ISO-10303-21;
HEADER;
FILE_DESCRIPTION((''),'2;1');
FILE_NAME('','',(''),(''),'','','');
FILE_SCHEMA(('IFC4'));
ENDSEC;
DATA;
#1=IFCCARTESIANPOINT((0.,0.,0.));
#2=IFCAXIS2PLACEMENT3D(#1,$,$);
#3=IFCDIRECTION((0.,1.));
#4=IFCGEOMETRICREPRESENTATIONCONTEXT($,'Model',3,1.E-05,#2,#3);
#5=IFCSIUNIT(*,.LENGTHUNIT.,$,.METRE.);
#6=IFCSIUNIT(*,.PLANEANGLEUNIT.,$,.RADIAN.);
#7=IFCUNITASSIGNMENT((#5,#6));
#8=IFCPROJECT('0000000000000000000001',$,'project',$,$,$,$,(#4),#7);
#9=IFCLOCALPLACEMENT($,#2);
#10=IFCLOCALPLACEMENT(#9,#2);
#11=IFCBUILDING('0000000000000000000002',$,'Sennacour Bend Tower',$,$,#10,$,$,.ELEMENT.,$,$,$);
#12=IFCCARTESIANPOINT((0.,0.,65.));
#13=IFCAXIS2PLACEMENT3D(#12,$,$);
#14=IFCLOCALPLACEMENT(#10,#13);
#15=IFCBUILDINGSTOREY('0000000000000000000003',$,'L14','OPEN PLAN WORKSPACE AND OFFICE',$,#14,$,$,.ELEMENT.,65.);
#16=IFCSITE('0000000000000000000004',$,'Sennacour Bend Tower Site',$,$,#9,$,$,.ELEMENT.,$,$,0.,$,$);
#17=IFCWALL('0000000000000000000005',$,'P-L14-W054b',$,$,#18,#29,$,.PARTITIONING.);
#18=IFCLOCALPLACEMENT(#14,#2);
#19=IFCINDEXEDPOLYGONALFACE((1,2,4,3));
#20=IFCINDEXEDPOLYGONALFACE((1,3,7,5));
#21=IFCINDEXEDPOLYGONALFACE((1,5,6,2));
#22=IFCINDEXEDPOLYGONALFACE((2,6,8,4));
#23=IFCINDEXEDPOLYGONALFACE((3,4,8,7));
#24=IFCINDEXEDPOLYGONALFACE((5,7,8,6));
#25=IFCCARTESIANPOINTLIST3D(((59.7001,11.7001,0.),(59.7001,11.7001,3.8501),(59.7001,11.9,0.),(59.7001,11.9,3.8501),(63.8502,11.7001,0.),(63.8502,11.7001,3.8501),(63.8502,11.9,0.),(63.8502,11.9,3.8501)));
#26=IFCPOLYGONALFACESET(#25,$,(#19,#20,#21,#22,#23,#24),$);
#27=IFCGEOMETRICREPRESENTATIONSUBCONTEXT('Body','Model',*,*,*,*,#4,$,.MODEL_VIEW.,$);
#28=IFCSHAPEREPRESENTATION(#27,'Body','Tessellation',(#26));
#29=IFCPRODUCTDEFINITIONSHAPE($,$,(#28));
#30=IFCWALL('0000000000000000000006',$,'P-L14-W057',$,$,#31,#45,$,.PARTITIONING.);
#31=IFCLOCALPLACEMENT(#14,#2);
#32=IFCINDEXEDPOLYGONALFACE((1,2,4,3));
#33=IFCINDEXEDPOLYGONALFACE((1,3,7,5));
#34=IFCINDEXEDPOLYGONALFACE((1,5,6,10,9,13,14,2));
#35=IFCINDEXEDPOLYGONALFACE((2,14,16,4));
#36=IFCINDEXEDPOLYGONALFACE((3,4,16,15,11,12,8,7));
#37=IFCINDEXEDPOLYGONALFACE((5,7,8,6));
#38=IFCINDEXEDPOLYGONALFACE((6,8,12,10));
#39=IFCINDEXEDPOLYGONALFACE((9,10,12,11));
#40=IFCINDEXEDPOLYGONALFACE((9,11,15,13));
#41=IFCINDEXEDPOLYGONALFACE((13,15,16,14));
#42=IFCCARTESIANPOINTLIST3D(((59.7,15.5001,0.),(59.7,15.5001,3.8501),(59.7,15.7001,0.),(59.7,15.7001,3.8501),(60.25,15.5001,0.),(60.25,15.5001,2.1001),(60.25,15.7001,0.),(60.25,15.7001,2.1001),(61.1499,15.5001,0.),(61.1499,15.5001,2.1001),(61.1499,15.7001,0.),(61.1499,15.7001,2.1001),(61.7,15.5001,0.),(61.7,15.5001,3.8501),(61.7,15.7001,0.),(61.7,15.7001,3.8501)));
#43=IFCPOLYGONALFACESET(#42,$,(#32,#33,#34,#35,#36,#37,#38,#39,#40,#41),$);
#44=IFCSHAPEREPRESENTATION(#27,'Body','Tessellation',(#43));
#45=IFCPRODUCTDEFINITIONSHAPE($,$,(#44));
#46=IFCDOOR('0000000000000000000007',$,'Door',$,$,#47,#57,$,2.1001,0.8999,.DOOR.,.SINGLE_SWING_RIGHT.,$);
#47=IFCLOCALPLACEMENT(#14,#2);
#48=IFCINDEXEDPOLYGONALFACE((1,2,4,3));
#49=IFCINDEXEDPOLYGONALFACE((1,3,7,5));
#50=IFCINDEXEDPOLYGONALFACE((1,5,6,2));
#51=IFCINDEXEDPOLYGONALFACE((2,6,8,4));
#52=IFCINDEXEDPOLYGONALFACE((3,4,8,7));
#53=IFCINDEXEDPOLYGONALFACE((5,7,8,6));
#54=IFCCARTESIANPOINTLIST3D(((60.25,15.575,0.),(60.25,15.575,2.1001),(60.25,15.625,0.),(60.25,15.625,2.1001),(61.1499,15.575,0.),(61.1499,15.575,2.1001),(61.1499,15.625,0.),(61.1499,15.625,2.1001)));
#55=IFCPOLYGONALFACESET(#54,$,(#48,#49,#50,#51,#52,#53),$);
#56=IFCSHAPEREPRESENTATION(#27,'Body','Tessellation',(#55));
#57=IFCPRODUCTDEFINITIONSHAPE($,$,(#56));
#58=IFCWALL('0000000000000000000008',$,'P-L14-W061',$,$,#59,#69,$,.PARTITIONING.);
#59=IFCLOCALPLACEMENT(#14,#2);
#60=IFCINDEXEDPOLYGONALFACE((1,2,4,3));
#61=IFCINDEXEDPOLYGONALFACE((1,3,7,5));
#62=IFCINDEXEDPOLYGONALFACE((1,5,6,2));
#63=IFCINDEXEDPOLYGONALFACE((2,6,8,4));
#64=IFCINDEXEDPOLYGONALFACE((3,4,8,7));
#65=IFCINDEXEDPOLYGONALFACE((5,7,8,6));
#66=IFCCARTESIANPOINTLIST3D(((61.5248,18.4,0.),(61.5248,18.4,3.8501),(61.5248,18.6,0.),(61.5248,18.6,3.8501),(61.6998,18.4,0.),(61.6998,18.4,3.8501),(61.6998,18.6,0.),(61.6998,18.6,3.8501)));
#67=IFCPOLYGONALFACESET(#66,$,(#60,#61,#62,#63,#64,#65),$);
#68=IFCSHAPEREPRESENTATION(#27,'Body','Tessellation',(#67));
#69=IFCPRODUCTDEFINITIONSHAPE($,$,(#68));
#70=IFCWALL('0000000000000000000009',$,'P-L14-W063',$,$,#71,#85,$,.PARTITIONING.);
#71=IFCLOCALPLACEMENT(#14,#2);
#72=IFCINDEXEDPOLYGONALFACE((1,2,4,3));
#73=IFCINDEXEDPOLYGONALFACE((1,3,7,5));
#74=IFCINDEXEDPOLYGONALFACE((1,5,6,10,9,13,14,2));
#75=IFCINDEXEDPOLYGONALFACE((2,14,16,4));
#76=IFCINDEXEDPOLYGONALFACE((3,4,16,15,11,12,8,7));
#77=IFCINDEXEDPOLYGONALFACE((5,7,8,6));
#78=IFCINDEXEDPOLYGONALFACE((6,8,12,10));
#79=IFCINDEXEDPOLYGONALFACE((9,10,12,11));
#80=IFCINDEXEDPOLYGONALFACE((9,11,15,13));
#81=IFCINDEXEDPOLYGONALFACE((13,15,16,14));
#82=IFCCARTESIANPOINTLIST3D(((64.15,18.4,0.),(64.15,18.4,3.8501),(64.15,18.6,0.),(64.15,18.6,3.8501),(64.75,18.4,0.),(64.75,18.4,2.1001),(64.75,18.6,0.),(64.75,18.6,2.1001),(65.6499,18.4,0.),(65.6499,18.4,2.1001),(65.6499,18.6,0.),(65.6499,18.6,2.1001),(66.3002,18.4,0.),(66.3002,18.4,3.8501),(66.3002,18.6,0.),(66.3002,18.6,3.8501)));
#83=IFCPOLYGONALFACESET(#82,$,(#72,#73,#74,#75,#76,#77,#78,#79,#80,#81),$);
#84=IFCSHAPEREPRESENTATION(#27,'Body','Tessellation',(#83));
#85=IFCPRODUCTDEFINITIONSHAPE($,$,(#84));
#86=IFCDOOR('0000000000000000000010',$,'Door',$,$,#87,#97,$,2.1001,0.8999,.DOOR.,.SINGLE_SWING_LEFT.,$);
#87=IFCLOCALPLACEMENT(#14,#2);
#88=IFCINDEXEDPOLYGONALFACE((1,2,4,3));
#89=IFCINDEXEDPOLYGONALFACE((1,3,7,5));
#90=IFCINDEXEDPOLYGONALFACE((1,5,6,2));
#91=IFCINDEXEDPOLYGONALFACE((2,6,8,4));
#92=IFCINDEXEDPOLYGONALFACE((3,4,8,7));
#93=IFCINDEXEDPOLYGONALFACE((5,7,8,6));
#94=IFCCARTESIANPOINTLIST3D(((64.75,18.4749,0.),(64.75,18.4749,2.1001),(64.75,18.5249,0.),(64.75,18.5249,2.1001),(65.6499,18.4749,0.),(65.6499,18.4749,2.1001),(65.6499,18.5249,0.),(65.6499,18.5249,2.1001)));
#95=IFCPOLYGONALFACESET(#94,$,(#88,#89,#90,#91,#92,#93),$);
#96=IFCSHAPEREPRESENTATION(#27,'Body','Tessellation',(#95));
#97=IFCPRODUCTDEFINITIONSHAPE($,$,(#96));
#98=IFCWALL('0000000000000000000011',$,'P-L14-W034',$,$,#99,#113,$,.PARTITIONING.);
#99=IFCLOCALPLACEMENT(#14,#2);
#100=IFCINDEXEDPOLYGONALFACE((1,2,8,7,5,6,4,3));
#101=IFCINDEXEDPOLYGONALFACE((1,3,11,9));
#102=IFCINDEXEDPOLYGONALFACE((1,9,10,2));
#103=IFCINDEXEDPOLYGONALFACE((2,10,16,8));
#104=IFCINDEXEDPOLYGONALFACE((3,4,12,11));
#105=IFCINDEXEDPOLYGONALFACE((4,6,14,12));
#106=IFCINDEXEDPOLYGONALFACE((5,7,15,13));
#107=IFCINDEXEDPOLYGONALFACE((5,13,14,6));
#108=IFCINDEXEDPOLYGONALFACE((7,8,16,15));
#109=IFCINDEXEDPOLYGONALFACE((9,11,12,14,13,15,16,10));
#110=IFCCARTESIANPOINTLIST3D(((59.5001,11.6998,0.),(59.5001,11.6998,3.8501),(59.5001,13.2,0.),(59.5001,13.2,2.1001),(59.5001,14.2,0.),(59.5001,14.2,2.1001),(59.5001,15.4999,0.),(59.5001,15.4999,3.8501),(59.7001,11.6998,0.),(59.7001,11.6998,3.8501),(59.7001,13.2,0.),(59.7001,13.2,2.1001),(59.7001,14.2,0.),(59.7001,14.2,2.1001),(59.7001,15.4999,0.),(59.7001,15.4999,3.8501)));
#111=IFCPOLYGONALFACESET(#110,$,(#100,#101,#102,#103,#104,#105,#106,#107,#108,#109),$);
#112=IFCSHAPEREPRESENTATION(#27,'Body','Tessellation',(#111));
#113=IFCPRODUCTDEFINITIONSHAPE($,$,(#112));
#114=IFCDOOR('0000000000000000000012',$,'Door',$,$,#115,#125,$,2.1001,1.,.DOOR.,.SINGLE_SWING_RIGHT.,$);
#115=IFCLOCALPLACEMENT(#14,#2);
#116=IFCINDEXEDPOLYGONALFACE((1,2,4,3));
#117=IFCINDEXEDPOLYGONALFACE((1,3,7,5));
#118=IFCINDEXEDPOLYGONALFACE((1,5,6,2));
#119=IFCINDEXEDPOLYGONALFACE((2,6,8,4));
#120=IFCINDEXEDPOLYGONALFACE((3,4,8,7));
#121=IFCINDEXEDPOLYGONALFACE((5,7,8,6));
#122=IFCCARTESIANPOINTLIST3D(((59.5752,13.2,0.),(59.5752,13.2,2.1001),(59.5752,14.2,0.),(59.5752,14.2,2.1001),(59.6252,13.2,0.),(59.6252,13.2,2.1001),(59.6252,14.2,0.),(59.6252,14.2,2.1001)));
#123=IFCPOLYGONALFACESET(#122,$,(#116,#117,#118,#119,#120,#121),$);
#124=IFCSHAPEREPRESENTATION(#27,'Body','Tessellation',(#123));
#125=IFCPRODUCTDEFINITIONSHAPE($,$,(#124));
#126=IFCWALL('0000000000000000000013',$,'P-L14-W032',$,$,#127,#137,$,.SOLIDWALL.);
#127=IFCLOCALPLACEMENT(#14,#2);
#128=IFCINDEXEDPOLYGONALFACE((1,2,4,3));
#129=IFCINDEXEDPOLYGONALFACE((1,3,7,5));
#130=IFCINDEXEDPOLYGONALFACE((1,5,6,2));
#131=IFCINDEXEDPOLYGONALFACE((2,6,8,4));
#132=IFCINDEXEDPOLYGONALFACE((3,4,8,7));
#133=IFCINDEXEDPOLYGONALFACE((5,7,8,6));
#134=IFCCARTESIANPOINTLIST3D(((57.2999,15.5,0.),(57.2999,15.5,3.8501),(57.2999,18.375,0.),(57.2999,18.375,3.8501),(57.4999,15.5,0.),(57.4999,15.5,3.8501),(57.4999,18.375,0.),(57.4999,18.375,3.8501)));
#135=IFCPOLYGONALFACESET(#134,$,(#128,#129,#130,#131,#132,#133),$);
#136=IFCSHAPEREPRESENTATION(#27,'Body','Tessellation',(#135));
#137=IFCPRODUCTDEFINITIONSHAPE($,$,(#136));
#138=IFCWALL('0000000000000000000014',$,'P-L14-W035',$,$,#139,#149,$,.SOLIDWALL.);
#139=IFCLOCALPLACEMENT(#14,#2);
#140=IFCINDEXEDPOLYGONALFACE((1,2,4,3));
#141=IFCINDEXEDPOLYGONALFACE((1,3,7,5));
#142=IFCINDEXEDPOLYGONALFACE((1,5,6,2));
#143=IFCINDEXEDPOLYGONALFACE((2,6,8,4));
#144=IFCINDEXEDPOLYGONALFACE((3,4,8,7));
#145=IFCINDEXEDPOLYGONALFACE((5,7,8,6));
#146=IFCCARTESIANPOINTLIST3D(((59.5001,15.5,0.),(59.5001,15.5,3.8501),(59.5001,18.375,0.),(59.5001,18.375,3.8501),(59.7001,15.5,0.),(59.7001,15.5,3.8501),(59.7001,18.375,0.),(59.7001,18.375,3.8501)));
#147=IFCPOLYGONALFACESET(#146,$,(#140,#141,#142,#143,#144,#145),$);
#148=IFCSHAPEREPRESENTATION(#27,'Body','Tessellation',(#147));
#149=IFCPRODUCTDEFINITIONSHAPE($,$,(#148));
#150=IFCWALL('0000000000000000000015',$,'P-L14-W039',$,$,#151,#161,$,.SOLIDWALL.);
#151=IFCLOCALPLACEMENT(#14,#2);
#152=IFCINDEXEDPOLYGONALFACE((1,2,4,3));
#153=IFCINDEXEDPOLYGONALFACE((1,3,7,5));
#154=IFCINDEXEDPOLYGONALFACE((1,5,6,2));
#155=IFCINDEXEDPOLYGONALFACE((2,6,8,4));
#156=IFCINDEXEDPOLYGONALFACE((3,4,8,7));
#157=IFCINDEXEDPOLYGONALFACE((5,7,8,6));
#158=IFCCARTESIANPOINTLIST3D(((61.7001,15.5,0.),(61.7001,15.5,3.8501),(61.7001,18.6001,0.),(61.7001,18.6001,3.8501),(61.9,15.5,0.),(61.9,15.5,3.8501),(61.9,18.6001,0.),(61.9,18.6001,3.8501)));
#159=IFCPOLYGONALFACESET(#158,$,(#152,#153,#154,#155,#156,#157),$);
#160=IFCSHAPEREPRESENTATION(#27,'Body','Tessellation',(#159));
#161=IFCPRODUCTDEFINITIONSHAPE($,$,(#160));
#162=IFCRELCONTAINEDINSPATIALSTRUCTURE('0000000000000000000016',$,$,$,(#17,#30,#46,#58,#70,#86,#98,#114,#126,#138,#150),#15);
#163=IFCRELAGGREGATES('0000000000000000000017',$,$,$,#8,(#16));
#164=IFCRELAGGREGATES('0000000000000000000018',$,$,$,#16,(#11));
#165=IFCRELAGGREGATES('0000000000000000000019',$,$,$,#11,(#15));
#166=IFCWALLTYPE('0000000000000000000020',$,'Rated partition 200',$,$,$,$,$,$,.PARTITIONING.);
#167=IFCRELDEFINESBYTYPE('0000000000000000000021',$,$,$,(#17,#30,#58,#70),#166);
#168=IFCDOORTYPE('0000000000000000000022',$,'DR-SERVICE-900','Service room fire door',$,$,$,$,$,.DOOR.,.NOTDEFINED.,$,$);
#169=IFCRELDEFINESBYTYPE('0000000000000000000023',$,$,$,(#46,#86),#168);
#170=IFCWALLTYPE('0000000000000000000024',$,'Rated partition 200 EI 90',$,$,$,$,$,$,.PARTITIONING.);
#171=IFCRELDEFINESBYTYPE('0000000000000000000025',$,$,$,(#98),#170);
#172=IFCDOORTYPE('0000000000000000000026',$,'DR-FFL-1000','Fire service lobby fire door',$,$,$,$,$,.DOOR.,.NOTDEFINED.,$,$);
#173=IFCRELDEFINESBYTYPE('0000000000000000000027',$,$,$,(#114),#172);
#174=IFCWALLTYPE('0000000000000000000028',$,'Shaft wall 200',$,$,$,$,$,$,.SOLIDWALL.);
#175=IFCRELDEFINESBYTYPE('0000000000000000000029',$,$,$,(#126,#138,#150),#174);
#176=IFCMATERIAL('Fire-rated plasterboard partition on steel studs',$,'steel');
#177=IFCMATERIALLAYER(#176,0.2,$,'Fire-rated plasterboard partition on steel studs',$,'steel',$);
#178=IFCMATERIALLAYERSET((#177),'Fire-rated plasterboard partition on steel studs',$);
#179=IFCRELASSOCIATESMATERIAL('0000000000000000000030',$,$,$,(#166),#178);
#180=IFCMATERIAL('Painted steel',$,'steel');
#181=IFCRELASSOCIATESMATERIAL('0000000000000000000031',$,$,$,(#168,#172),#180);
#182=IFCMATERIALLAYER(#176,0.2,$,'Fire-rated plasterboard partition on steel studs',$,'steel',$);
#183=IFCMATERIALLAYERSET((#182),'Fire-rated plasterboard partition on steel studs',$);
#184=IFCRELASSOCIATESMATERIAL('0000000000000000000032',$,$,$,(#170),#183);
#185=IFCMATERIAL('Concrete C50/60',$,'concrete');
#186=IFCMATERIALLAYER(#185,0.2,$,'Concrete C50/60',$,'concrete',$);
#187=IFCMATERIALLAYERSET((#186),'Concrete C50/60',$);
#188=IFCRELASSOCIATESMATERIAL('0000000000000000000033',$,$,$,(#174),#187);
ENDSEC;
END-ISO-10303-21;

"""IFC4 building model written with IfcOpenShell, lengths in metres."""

from ifc_helpers import new_model, si_unit, direction, frame, frame_2d, origin, place, context, subcontext, project, spatial, rectangle, extrude, material, layer, layer_set, type_object, element, fill, save


model = new_model("IFC4")

# Units and contexts
model_context = context("Model", 3, precision=1e-05, world=origin(), true_north=direction((0.0, 1.0)))
body_context = subcontext(model_context, "Body", "Model", "MODEL_VIEW")
ifc_project = project(units=[si_unit("LENGTHUNIT", "METRE"), si_unit("PLANEANGLEUNIT", "RADIAN")], contexts=[model_context])

# Site, building, storey
site_placement = place(None, origin())
site = spatial("IfcSite", under=ifc_project, at=site_placement, Name="Sennacour Bend Tower Site", CompositionType="ELEMENT", RefElevation=0.0)
building_placement = place(site_placement, origin())
building = spatial("IfcBuilding", under=site, at=building_placement, Name="Sennacour Bend Tower", CompositionType="ELEMENT")
storey_placement = place(building_placement, frame((0.0, 0.0, 65.0)))
storey = spatial("IfcBuildingStorey", under=building, at=storey_placement, Name="L14", Description="OPEN PLAN WORKSPACE AND OFFICE", CompositionType="ELEMENT", Elevation=65.0)

# Wall
ifc_material_1 = material(Name="Fire-rated plasterboard partition on steel studs", Category="steel")
ifc_layer_1 = layer(ifc_material_1, 0.2, Name="Fire-rated plasterboard partition on steel studs", Category="steel")
ifc_layer_set_1 = layer_set([ifc_layer_1], Name="Fire-rated plasterboard partition on steel studs")
wall_type_1 = type_object("IfcWallType", Name="Rated partition 200", PredefinedType="PARTITIONING", material=ifc_layer_set_1)
wall_1_placement = place(storey_placement, frame((59.7, 11.8, 0.0), z_axis=(0.0, 0.0, 1.0), x_axis=(1.0, 0.0, 0.0)))
element("IfcWall", 1, at=wall_1_placement, inside=storey, type_object=wall_type_1, Name="P-L14-W054b", PredefinedType="PARTITIONING", context=body_context, shape_type="SweptSolid", body=[
    extrude(rectangle(XDim=4.1501, YDim=0.2, at=frame_2d((2.0752, 0.0))), origin(), (0.0, 0.0, 1.0), 3.8501),
])

# Wall, opening, door
wall_2_placement = place(storey_placement, frame((59.7, 15.6001, 0.0), z_axis=(0.0, 0.0, 1.0), x_axis=(1.0, 0.0, 0.0)))
wall_2 = element("IfcWall", 2, at=wall_2_placement, inside=storey, type_object=wall_type_1, Name="P-L14-W057", PredefinedType="PARTITIONING", context=body_context, shape_type="SweptSolid", body=[
    extrude(rectangle(XDim=2.0, YDim=0.2, at=frame_2d((1.0, 0.0))), origin(), (0.0, 0.0, 1.0), 3.8501),
])
opening_1_placement = place(wall_2_placement, frame((0.55, 0.0, 0.0)))
opening_1 = element("IfcOpeningElement", 3, at=opening_1_placement, cuts=wall_2, PredefinedType="OPENING", context=body_context, shape_type="SweptSolid", body=[
    extrude(rectangle(XDim=0.8999, YDim=2.1001, at=frame_2d((0.45, 1.05))), frame((0.0, 0.1099, 0.0), z_axis=(0.0, -1.0, 0.0), x_axis=(1.0, 0.0, 0.0)), (0.0, 0.0, 1.0), 0.22),
])
ifc_material_2 = material(Name="Painted steel", Category="steel")
door_type_1 = type_object("IfcDoorType", Name="DR-SERVICE-900", Description="Service room fire door", OperationType="NOTDEFINED", PredefinedType="DOOR", material=ifc_material_2)
door_1_placement = place(opening_1_placement, origin())
door_1 = element("IfcDoor", 4, at=door_1_placement, inside=storey, type_object=door_type_1, Name="Door", OperationType="SINGLE_SWING_RIGHT", OverallHeight=2.1001, OverallWidth=0.8999, PredefinedType="DOOR", context=body_context, shape_type="SweptSolid", body=[
    extrude(rectangle(XDim=0.8999, YDim=2.1001, at=frame_2d((0.45, 1.05))), frame((0.0, 0.0249, 0.0), z_axis=(0.0, -1.0, 0.0), x_axis=(1.0, 0.0, 0.0)), (0.0, 0.0, 1.0), 0.05),
])
fill(opening_1, door_1)

# Wall
wall_3_placement = place(storey_placement, frame((61.5249, 18.5, 0.0), z_axis=(0.0, 0.0, 1.0), x_axis=(1.0, 0.0, 0.0)))
element("IfcWall", 5, at=wall_3_placement, inside=storey, type_object=wall_type_1, Name="P-L14-W061", PredefinedType="PARTITIONING", context=body_context, shape_type="SweptSolid", body=[
    extrude(rectangle(XDim=0.175, YDim=0.2, at=frame_2d((0.0874, 0.0))), origin(), (0.0, 0.0, 1.0), 3.8501),
])

# Walls, openings, doors
wall_4_placement = place(storey_placement, frame((64.1499, 18.5, 0.0), z_axis=(0.0, 0.0, 1.0), x_axis=(1.0, 0.0, 0.0)))
wall_4 = element("IfcWall", 6, at=wall_4_placement, inside=storey, type_object=wall_type_1, Name="P-L14-W063", PredefinedType="PARTITIONING", context=body_context, shape_type="SweptSolid", body=[
    extrude(rectangle(XDim=2.1501, YDim=0.2, at=frame_2d((1.0752, 0.0))), origin(), (0.0, 0.0, 1.0), 3.8501),
])
opening_2_placement = place(wall_4_placement, frame((0.6001, 0.0, 0.0)))
opening_2 = element("IfcOpeningElement", 7, at=opening_2_placement, cuts=wall_4, PredefinedType="OPENING", context=body_context, shape_type="SweptSolid", body=[
    extrude(rectangle(XDim=0.8999, YDim=2.1001, at=frame_2d((0.45, 1.05))), frame((0.0, 0.1099, 0.0), z_axis=(0.0, -1.0, 0.0), x_axis=(1.0, 0.0, 0.0)), (0.0, 0.0, 1.0), 0.22),
])
door_2_placement = place(opening_2_placement, origin())
door_2 = element("IfcDoor", 8, at=door_2_placement, inside=storey, type_object=door_type_1, Name="Door", OperationType="SINGLE_SWING_LEFT", OverallHeight=2.1001, OverallWidth=0.8999, PredefinedType="DOOR", context=body_context, shape_type="SweptSolid", body=[
    extrude(rectangle(XDim=0.8999, YDim=2.1001, at=frame_2d((0.45, 1.05))), frame((0.0, 0.0249, 0.0), z_axis=(0.0, -1.0, 0.0), x_axis=(1.0, 0.0, 0.0)), (0.0, 0.0, 1.0), 0.05),
])
fill(opening_2, door_2)
ifc_layer_2 = layer(ifc_material_1, 0.2, Name="Fire-rated plasterboard partition on steel studs", Category="steel")
ifc_layer_set_2 = layer_set([ifc_layer_2], Name="Fire-rated plasterboard partition on steel studs")
wall_type_2 = type_object("IfcWallType", Name="Rated partition 200 EI 90", PredefinedType="PARTITIONING", material=ifc_layer_set_2)
wall_5_placement = place(storey_placement, frame((59.6001, 11.7, 0.0), z_axis=(0.0, 0.0, 1.0), x_axis=(0.0, 1.0, 0.0)))
wall_5 = element("IfcWall", 9, at=wall_5_placement, inside=storey, type_object=wall_type_2, Name="P-L14-W034", PredefinedType="PARTITIONING", context=body_context, shape_type="SweptSolid", body=[
    extrude(rectangle(XDim=3.8, YDim=0.2, at=frame_2d((1.8999, 0.0))), origin(), (0.0, 0.0, 1.0), 3.8501),
])
opening_3_placement = place(wall_5_placement, frame((1.5, 0.0, 0.0)))
opening_3 = element("IfcOpeningElement", 10, at=opening_3_placement, cuts=wall_5, PredefinedType="OPENING", context=body_context, shape_type="SweptSolid", body=[
    extrude(rectangle(XDim=1.0, YDim=2.1001, at=frame_2d((0.5, 1.05))), frame((0.0, 0.1099, 0.0), z_axis=(0.0, -1.0, 0.0), x_axis=(1.0, 0.0, 0.0)), (0.0, 0.0, 1.0), 0.22),
])
door_type_2 = type_object("IfcDoorType", Name="DR-FFL-1000", Description="Fire service lobby fire door", OperationType="NOTDEFINED", PredefinedType="DOOR", material=ifc_material_2)
door_3_placement = place(opening_3_placement, origin())
door_3 = element("IfcDoor", 11, at=door_3_placement, inside=storey, type_object=door_type_2, Name="Door", OperationType="SINGLE_SWING_RIGHT", OverallHeight=2.1001, OverallWidth=1.0, PredefinedType="DOOR", context=body_context, shape_type="SweptSolid", body=[
    extrude(rectangle(XDim=1.0, YDim=2.1001, at=frame_2d((0.5, 1.05))), frame((0.0, 0.0249, 0.0), z_axis=(0.0, -1.0, 0.0), x_axis=(1.0, 0.0, 0.0)), (0.0, 0.0, 1.0), 0.05),
])
fill(opening_3, door_3)

# Walls
ifc_material_3 = material(Name="Concrete C50/60", Category="concrete")
ifc_layer_3 = layer(ifc_material_3, 0.2, Name="Concrete C50/60", Category="concrete")
ifc_layer_set_3 = layer_set([ifc_layer_3], Name="Concrete C50/60")
wall_type_3 = type_object("IfcWallType", Name="Shaft wall 200", PredefinedType="SOLIDWALL", material=ifc_layer_set_3)
for number, where, z_axis, x_axis, name in (
    (12, (57.3999, 15.5, 0.0), (0.0, 0.0, 1.0), (0.0, 1.0, 0.0), "P-L14-W032"),
    (13, (59.6001, 15.5, 0.0), (0.0, 0.0, 1.0), (0.0, 1.0, 0.0), "P-L14-W035"),
):
    element("IfcWall", number, at=place(storey_placement, frame(where, z_axis=z_axis, x_axis=x_axis)), inside=storey, type_object=wall_type_3, Name=name, PredefinedType="SOLIDWALL", context=body_context, shape_type="SweptSolid", body=[
        extrude(rectangle(XDim=2.875, YDim=0.2, at=frame_2d((1.4375, 0.0))), origin(), (0.0, 0.0, 1.0), 3.8501),
    ])
wall_6_placement = place(storey_placement, frame((61.8, 15.5, 0.0), z_axis=(0.0, 0.0, 1.0), x_axis=(0.0, 1.0, 0.0)))
element("IfcWall", 14, at=wall_6_placement, inside=storey, type_object=wall_type_3, Name="P-L14-W039", PredefinedType="SOLIDWALL", context=body_context, shape_type="SweptSolid", body=[
    extrude(rectangle(XDim=3.1001, YDim=0.2, at=frame_2d((1.55, 0.0))), origin(), (0.0, 0.0, 1.0), 3.8501),
])

save(model, "model.ifc")
